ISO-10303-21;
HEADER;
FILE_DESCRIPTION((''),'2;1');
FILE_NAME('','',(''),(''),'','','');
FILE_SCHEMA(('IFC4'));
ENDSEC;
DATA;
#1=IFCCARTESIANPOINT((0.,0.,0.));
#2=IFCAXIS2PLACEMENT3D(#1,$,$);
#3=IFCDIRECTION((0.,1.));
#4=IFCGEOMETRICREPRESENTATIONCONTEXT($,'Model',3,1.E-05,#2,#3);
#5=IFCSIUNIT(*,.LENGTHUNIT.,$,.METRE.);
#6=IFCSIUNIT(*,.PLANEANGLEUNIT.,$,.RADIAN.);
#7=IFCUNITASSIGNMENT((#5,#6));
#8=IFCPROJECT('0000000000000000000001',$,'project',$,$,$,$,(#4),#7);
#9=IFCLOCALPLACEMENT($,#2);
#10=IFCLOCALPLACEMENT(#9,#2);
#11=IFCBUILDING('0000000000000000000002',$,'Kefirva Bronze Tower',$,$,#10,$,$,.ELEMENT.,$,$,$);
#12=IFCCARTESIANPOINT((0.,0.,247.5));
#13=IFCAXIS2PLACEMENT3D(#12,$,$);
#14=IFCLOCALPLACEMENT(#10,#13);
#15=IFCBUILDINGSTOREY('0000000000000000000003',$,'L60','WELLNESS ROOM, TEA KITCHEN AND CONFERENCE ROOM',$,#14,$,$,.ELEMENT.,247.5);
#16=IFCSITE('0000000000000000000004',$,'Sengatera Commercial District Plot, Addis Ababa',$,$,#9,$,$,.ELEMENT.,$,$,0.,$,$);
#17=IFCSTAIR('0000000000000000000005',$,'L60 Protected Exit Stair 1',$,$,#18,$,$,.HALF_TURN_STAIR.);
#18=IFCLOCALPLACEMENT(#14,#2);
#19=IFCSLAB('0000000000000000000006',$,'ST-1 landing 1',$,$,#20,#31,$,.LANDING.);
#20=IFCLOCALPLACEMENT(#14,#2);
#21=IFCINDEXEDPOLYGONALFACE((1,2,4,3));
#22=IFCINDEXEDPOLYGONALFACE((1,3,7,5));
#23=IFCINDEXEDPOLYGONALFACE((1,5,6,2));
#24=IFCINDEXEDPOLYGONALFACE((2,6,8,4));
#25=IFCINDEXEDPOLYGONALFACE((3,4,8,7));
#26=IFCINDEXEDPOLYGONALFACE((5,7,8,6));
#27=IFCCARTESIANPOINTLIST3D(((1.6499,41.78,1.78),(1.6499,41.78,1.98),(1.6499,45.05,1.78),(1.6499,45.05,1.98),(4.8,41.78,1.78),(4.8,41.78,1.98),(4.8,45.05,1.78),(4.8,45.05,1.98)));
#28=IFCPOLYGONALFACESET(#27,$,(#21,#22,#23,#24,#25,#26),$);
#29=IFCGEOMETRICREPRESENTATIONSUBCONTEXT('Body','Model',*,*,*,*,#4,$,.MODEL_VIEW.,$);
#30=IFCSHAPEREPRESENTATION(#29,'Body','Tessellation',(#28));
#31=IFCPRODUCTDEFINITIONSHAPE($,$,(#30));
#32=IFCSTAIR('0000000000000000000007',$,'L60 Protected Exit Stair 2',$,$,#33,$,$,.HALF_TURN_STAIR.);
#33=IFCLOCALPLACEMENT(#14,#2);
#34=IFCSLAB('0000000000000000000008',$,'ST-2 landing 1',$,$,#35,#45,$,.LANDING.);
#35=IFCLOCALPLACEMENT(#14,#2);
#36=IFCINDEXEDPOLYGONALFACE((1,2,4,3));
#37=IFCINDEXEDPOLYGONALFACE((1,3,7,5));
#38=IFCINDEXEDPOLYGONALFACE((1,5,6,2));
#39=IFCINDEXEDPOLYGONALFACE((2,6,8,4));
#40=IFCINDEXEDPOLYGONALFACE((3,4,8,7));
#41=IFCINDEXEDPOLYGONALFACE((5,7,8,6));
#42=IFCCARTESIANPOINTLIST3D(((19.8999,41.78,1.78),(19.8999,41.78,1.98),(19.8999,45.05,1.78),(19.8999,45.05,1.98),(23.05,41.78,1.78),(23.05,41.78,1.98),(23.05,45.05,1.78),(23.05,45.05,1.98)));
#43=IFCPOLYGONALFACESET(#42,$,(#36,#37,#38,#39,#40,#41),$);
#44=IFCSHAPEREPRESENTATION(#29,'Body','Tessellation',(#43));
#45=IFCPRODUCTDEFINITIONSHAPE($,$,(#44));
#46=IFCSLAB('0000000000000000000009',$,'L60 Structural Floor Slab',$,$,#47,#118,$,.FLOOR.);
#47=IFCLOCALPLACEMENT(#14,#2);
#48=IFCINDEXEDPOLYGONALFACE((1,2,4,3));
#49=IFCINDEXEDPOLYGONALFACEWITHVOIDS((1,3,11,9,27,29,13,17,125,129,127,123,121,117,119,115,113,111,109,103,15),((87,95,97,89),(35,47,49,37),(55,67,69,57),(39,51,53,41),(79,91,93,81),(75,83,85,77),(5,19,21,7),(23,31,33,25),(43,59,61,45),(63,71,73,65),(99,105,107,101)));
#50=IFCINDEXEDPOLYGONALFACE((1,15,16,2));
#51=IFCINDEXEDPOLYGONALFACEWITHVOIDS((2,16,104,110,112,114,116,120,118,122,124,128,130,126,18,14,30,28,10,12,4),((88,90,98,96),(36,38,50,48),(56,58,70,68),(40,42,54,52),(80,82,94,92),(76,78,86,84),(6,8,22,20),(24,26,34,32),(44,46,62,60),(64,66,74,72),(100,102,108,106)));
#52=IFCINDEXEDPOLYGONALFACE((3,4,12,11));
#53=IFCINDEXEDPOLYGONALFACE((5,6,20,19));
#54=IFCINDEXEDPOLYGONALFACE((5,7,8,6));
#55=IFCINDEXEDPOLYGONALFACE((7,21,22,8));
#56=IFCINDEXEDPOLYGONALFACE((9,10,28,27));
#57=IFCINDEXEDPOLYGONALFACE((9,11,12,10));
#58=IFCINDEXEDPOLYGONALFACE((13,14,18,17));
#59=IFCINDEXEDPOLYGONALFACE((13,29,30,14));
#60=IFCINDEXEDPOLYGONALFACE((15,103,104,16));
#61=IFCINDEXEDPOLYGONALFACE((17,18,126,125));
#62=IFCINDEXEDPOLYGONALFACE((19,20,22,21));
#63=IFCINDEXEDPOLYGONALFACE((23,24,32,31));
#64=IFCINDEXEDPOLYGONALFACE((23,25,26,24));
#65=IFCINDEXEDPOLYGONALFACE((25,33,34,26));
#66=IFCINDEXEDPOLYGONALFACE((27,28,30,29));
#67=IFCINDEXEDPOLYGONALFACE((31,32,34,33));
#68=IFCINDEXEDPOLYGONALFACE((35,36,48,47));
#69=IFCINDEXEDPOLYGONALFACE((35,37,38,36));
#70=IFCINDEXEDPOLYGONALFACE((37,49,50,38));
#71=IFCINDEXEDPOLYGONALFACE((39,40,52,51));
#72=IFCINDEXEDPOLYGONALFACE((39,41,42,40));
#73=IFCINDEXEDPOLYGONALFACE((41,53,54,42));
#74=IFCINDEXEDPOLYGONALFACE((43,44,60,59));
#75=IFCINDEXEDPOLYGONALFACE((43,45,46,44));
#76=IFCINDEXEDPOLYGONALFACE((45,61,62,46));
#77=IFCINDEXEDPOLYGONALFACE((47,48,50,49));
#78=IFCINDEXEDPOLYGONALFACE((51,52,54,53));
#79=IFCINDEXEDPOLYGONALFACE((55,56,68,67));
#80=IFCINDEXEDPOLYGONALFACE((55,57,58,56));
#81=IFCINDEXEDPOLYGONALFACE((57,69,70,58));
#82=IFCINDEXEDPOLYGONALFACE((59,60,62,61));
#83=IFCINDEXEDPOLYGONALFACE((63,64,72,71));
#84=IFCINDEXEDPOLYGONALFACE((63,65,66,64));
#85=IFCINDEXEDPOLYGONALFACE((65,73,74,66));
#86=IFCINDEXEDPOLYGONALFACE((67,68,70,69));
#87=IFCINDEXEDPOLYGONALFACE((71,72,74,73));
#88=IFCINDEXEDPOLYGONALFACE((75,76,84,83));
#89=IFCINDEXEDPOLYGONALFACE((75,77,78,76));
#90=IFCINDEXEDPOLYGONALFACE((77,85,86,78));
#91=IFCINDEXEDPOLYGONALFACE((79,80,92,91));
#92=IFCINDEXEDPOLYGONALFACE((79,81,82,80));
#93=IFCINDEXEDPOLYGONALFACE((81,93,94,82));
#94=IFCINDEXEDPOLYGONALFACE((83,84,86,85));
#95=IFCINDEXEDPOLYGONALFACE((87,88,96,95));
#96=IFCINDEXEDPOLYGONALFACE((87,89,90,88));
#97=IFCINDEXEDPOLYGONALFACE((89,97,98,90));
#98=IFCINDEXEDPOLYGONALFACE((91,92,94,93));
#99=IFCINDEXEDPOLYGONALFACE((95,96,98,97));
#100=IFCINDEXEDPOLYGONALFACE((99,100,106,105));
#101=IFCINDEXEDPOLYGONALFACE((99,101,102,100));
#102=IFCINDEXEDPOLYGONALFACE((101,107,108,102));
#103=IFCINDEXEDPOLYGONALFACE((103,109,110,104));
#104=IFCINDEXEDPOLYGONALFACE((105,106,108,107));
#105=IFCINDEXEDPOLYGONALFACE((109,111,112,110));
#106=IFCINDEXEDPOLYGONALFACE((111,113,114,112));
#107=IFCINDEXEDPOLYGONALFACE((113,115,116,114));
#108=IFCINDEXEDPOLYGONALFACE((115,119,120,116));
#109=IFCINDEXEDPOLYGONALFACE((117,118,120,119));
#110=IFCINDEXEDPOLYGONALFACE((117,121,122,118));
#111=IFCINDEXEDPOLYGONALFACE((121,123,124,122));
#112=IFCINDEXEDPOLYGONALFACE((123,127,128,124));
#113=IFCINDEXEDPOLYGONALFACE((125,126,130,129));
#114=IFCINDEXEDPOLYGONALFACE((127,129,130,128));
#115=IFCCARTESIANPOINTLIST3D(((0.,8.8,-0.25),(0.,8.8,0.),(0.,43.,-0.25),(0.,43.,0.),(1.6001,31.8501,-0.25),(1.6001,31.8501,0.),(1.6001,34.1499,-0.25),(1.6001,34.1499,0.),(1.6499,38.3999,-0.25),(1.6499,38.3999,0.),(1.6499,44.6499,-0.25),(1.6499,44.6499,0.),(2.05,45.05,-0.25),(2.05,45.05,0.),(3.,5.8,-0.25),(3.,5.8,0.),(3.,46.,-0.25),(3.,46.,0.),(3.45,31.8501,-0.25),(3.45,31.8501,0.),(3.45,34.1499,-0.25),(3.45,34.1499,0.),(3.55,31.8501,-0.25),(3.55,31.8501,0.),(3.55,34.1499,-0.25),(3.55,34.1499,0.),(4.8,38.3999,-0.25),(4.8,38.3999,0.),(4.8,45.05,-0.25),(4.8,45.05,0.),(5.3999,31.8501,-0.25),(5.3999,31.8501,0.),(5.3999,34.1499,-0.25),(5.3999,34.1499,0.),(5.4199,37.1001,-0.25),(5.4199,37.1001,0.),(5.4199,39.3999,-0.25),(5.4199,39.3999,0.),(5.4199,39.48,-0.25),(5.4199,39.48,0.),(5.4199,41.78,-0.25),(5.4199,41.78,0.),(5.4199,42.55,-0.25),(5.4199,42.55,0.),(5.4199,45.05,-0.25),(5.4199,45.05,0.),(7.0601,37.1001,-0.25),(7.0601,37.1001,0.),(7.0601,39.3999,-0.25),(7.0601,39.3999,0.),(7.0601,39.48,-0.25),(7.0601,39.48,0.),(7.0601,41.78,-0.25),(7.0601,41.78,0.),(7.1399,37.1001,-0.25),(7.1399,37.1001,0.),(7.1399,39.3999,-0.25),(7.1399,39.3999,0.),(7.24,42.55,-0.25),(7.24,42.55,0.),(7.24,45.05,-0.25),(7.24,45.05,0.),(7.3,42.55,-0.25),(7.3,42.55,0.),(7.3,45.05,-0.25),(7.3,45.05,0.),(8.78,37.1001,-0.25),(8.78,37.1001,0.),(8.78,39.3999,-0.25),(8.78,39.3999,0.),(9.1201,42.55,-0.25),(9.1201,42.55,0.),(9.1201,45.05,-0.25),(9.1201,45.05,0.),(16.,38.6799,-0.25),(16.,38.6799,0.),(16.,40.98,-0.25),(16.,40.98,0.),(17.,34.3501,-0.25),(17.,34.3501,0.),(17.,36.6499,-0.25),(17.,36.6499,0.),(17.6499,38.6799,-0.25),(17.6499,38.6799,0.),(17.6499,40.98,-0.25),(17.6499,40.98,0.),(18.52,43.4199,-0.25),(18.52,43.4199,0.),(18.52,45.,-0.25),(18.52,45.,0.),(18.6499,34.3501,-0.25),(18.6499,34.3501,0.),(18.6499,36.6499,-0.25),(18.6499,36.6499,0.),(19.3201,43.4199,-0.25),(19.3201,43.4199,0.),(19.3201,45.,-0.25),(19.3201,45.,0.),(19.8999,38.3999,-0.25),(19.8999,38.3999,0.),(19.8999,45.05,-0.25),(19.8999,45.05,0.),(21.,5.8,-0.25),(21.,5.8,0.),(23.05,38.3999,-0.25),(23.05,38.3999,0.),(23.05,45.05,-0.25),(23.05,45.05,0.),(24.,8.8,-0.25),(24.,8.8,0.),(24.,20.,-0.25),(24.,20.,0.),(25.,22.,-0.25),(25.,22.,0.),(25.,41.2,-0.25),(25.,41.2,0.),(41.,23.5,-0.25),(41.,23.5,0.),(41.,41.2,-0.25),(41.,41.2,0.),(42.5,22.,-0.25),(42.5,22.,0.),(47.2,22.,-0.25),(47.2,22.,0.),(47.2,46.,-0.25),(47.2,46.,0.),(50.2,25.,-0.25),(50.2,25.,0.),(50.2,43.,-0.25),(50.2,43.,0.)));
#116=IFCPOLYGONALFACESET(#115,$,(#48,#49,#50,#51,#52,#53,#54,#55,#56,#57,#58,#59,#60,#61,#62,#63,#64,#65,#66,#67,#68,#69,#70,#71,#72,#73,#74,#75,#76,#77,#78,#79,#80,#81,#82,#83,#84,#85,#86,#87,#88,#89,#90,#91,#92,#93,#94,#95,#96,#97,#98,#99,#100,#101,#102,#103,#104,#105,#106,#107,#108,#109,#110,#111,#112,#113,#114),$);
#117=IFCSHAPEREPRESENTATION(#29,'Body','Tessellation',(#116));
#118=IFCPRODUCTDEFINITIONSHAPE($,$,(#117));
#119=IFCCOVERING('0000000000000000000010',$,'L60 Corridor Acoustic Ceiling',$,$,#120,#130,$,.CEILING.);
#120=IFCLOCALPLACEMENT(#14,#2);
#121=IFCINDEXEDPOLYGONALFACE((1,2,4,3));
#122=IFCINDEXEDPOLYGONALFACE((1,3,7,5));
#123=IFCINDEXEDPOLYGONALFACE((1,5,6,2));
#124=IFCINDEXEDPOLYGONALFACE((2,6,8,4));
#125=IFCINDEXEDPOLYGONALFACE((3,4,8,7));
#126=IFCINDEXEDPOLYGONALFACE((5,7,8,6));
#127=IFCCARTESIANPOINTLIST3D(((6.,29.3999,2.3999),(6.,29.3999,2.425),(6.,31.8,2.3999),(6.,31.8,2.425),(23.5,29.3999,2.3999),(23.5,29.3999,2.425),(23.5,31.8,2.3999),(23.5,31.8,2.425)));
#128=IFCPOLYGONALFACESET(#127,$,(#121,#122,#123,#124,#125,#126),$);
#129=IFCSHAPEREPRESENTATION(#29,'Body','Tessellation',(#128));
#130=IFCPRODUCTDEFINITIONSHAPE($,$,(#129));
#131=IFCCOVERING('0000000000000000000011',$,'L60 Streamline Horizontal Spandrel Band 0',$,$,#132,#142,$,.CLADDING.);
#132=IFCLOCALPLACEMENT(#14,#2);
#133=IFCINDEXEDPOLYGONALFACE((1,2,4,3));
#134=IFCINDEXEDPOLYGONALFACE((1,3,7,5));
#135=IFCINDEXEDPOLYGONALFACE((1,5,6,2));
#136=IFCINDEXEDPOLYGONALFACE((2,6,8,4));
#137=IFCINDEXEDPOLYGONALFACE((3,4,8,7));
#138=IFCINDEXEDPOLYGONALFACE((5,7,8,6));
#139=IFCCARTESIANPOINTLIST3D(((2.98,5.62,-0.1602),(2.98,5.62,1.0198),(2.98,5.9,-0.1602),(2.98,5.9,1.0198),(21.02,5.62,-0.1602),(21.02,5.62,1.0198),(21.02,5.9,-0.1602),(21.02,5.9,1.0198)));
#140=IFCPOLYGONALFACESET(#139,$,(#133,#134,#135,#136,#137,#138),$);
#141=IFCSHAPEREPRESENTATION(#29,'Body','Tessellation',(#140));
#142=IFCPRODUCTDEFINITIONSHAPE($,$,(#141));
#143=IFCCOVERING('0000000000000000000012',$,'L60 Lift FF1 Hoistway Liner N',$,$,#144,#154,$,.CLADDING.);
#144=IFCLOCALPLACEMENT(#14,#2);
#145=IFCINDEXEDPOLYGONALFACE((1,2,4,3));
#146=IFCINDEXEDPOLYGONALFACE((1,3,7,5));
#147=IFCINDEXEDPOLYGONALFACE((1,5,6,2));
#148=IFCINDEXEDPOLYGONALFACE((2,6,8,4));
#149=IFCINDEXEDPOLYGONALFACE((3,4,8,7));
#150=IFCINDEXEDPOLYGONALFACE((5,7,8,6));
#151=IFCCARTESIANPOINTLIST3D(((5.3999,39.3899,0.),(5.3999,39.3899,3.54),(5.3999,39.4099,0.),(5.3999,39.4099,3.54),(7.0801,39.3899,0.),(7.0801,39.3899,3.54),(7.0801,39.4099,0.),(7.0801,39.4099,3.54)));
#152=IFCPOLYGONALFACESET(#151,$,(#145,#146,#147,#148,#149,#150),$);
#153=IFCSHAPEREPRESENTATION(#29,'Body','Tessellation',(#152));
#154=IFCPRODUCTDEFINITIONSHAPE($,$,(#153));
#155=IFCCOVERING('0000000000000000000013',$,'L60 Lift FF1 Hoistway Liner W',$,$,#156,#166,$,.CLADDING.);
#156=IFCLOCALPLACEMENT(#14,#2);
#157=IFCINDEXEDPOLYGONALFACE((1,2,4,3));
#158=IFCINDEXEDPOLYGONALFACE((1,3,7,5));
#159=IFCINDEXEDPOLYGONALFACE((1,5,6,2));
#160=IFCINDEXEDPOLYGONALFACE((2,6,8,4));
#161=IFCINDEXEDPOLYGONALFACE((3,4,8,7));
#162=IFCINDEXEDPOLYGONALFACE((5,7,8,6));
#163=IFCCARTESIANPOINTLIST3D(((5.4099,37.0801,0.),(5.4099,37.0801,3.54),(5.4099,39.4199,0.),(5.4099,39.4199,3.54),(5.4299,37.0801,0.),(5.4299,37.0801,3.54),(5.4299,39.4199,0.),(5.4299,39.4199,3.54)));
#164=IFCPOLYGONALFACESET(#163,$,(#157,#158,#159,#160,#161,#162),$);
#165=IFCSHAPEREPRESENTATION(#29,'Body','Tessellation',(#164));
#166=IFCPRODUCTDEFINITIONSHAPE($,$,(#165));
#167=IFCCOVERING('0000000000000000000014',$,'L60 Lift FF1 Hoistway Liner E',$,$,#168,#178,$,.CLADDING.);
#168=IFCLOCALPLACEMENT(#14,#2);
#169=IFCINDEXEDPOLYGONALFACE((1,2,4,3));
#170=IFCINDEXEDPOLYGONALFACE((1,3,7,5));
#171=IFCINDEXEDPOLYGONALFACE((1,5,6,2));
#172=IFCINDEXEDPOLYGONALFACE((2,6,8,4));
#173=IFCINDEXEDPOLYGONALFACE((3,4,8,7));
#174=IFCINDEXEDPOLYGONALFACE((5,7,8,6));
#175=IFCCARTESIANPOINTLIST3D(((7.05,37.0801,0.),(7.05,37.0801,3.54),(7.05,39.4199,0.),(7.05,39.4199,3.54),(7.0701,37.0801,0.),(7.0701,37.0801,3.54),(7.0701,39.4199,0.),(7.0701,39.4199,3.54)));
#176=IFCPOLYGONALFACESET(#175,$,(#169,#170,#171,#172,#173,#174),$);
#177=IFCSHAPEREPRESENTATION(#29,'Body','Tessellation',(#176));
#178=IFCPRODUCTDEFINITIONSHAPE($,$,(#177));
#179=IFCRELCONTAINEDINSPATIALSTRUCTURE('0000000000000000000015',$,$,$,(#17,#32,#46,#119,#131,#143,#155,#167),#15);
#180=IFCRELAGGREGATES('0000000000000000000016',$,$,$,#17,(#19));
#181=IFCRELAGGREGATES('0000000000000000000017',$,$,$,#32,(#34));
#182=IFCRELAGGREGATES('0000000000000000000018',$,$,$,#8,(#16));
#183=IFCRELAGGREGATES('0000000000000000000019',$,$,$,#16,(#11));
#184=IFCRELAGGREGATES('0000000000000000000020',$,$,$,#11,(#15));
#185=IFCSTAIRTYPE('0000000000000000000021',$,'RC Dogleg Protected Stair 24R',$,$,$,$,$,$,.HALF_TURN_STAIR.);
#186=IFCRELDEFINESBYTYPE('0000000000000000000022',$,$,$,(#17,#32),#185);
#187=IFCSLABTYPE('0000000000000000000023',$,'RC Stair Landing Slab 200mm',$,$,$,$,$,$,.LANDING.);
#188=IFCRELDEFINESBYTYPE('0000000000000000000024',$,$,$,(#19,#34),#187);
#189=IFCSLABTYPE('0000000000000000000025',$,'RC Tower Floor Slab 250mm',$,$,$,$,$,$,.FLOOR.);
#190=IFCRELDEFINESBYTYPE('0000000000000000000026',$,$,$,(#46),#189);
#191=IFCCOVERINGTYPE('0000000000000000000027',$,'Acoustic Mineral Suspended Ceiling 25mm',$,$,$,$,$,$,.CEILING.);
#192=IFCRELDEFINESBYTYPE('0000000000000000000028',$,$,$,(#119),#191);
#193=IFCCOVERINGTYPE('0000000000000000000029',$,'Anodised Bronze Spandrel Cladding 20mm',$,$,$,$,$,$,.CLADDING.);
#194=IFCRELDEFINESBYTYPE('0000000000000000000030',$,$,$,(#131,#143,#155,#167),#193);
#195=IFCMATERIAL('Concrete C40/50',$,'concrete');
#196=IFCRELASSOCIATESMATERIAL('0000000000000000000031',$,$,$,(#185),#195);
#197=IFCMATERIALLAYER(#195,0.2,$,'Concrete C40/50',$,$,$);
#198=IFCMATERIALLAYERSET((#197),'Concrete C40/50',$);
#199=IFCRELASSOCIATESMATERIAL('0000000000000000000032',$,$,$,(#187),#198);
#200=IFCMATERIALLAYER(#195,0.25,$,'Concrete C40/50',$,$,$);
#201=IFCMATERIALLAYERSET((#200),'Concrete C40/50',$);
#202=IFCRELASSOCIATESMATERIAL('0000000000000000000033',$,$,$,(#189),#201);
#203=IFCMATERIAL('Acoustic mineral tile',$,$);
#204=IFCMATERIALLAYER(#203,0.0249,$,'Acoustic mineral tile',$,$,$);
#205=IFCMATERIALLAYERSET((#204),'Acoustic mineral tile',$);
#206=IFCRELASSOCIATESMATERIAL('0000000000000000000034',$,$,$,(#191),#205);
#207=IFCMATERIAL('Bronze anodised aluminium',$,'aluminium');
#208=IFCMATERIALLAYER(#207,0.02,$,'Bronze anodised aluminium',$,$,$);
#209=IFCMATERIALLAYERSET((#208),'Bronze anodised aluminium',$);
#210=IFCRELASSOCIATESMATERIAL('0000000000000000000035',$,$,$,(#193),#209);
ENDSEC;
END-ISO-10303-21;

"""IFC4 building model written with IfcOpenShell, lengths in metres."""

from ifc_helpers import new_model, si_unit, direction, frame, origin, origin_2d, place, context, subcontext, project, spatial, polyline, rectangle, outline, extrude, material, layer, layer_set, type_object, element, aggregate, save


model = new_model("IFC4")

# Units and contexts
model_context = context("Model", 3, precision=1e-05, world=origin(), true_north=direction((0.0, 1.0)))
body_context = subcontext(model_context, "Body", "Model", "MODEL_VIEW")
ifc_project = project(units=[si_unit("LENGTHUNIT", "METRE"), si_unit("PLANEANGLEUNIT", "RADIAN")], contexts=[model_context])

# Site, building, storey
site_placement = place(None, origin())
site = spatial("IfcSite", under=ifc_project, at=site_placement, Name="Sengatera Commercial District Plot, Addis Ababa", CompositionType="ELEMENT", RefElevation=0.0)
building_placement = place(site_placement, origin())
building = spatial("IfcBuilding", under=site, at=building_placement, Name="Kefirva Bronze Tower", CompositionType="ELEMENT")
storey_placement = place(building_placement, frame((0.0, 0.0, 247.5)))
storey = spatial("IfcBuildingStorey", under=building, at=storey_placement, Name="L60", Description="WELLNESS ROOM, TEA KITCHEN AND CONFERENCE ROOM", CompositionType="ELEMENT", Elevation=247.5)

# Stairs, slabs
ifc_material_1 = material(Name="Concrete C40/50", Category="concrete")
stair_type = type_object("IfcStairType", Name="RC Dogleg Protected Stair 24R", PredefinedType="HALF_TURN_STAIR", material=ifc_material_1)
stair_1_placement = place(storey_placement, origin())
stair_1 = element("IfcStair", 1, at=stair_1_placement, inside=storey, type_object=stair_type, Name="L60 Protected Exit Stair 1", PredefinedType="HALF_TURN_STAIR")
ifc_layer_1 = layer(ifc_material_1, 0.2, Name="Concrete C40/50")
ifc_layer_set_1 = layer_set([ifc_layer_1], Name="Concrete C40/50")
slab_type_1 = type_object("IfcSlabType", Name="RC Stair Landing Slab 200mm", PredefinedType="LANDING", material=ifc_layer_set_1)
slab_1_placement = place(storey_placement, frame((0.0, 0.0, 1.78)))
slab_1 = element("IfcSlab", 2, at=slab_1_placement, type_object=slab_type_1, Name="ST-1 landing 1", PredefinedType="LANDING", context=body_context, shape_type="SweptSolid", body=[
    extrude(outline(polyline([(4.8, 41.78), (4.8, 45.05), (1.6499, 45.05), (1.6499, 41.78), (4.8, 41.78)])), origin(), (0.0, 0.0, 1.0), 0.2),
])
aggregate(stair_1, [slab_1])
stair_2_placement = place(storey_placement, origin())
stair_2 = element("IfcStair", 3, at=stair_2_placement, inside=storey, type_object=stair_type, Name="L60 Protected Exit Stair 2", PredefinedType="HALF_TURN_STAIR")
slab_2_placement = place(storey_placement, frame((0.0, 0.0, 1.78)))
slab_2 = element("IfcSlab", 4, at=slab_2_placement, type_object=slab_type_1, Name="ST-2 landing 1", PredefinedType="LANDING", context=body_context, shape_type="SweptSolid", body=[
    extrude(outline(polyline([(23.05, 41.78), (23.05, 45.05), (19.8999, 45.05), (19.8999, 41.78), (23.05, 41.78)])), origin(), (0.0, 0.0, 1.0), 0.2),
])
aggregate(stair_2, [slab_2])

# Slab
ifc_layer_2 = layer(ifc_material_1, 0.25, Name="Concrete C40/50")
ifc_layer_set_2 = layer_set([ifc_layer_2], Name="Concrete C40/50")
slab_type_2 = type_object("IfcSlabType", Name="RC Tower Floor Slab 250mm", PredefinedType="FLOOR", material=ifc_layer_set_2)
slab_3_placement = place(storey_placement, frame((0.0, 0.0, -0.25)))
element("IfcSlab", 5, at=slab_3_placement, inside=storey, type_object=slab_type_2, Name="L60 Structural Floor Slab", PredefinedType="FLOOR", context=body_context, shape_type="SweptSolid", body=[
    extrude(outline(polyline([(0.0, 8.8), (0.0, 43.0), (1.6499, 44.6499), (1.6499, 38.3999), (4.8, 38.3999), (4.8, 45.05), (2.05, 45.05), (3.0, 46.0), (47.2, 46.0), (50.2, 43.0), (50.2, 25.0), (47.2, 22.0), (42.5, 22.0), (41.0, 23.5), (41.0, 41.2), (25.0, 41.2), (25.0, 22.0), (24.0, 20.0), (24.0, 8.8), (21.0, 5.8), (3.0, 5.8), (0.0, 8.8)]), holes=[polyline([(23.05, 45.05), (19.8999, 45.05), (19.8999, 38.3999), (23.05, 38.3999), (23.05, 45.05)]), polyline([(19.3201, 43.4199), (19.3201, 45.0), (18.52, 45.0), (18.52, 43.4199), (19.3201, 43.4199)]), polyline([(18.6499, 36.6499), (17.0, 36.6499), (17.0, 34.3501), (18.6499, 34.3501), (18.6499, 36.6499)]), polyline([(17.6499, 38.6799), (17.6499, 40.98), (16.0, 40.98), (16.0, 38.6799), (17.6499, 38.6799)]), polyline([(9.1201, 42.55), (9.1201, 45.05), (7.3, 45.05), (7.3, 42.55), (9.1201, 42.55)]), polyline([(8.78, 37.1001), (8.78, 39.3999), (7.1399, 39.3999), (7.1399, 37.1001), (8.78, 37.1001)]), polyline([(7.24, 42.55), (7.24, 45.05), (5.4199, 45.05), (5.4199, 42.55), (7.24, 42.55)]), polyline([(7.0601, 37.1001), (7.0601, 39.3999), (5.4199, 39.3999), (5.4199, 37.1001), (7.0601, 37.1001)]), polyline([(7.0601, 41.78), (5.4199, 41.78), (5.4199, 39.48), (7.0601, 39.48), (7.0601, 41.78)]), polyline([(5.3999, 31.8501), (5.3999, 34.1499), (3.55, 34.1499), (3.55, 31.8501), (5.3999, 31.8501)]), polyline([(3.45, 34.1499), (1.6001, 34.1499), (1.6001, 31.8501), (3.45, 31.8501), (3.45, 34.1499)])]), origin(), (0.0, 0.0, 1.0), 0.25),
])

# Coverings
ifc_material_2 = material(Name="Acoustic mineral tile")
ifc_layer_3 = layer(ifc_material_2, 0.0249, Name="Acoustic mineral tile")
ifc_layer_set_3 = layer_set([ifc_layer_3], Name="Acoustic mineral tile")
covering_type_1 = type_object("IfcCoveringType", Name="Acoustic Mineral Suspended Ceiling 25mm", PredefinedType="CEILING", material=ifc_layer_set_3)
covering_1_placement = place(storey_placement, frame((0.0, 0.0, 2.3999)))
element("IfcCovering", 6, at=covering_1_placement, inside=storey, type_object=covering_type_1, Name="L60 Corridor Acoustic Ceiling", PredefinedType="CEILING", context=body_context, shape_type="SweptSolid", body=[
    extrude(outline(polyline([(6.0, 29.3999), (23.5, 29.3999), (23.5, 31.8), (6.0, 31.8), (6.0, 29.3999)])), origin(), (0.0, 0.0, 1.0), 0.0251),
])
ifc_material_3 = material(Name="Bronze anodised aluminium", Category="aluminium")
ifc_layer_4 = layer(ifc_material_3, 0.02, Name="Bronze anodised aluminium")
ifc_layer_set_4 = layer_set([ifc_layer_4], Name="Bronze anodised aluminium")
covering_type_2 = type_object("IfcCoveringType", Name="Anodised Bronze Spandrel Cladding 20mm", PredefinedType="CLADDING", material=ifc_layer_set_4)
covering_2_placement = place(storey_placement, frame((12.0, 5.76, -0.1602), z_axis=(0.0, 0.0, 1.0), x_axis=(1.0, 0.0, 0.0)))
element("IfcCovering", 7, at=covering_2_placement, inside=storey, type_object=covering_type_2, Name="L60 Streamline Horizontal Spandrel Band 0", PredefinedType="CLADDING", context=body_context, shape_type="SweptSolid", body=[
    extrude(rectangle(XDim=18.04, YDim=0.28, at=origin_2d()), origin(), (0.0, 0.0, 1.0), 1.1799),
])
covering_3_placement = place(storey_placement, origin())
element("IfcCovering", 8, at=covering_3_placement, inside=storey, type_object=covering_type_2, Name="L60 Lift FF1 Hoistway Liner N", PredefinedType="CLADDING", context=body_context, shape_type="SweptSolid", body=[
    extrude(outline(polyline([(5.3999, 39.3899), (7.0801, 39.3899), (7.0801, 39.4099), (5.3999, 39.4099), (5.3999, 39.3899)])), origin(), (0.0, 0.0, 1.0), 3.54),
])
covering_4_placement = place(storey_placement, origin())
element("IfcCovering", 9, at=covering_4_placement, inside=storey, type_object=covering_type_2, Name="L60 Lift FF1 Hoistway Liner W", PredefinedType="CLADDING", context=body_context, shape_type="SweptSolid", body=[
    extrude(outline(polyline([(5.4099, 37.0801), (5.4299, 37.0801), (5.4299, 39.4199), (5.4099, 39.4199), (5.4099, 37.0801)])), origin(), (0.0, 0.0, 1.0), 3.54),
])
covering_5_placement = place(storey_placement, origin())
element("IfcCovering", 10, at=covering_5_placement, inside=storey, type_object=covering_type_2, Name="L60 Lift FF1 Hoistway Liner E", PredefinedType="CLADDING", context=body_context, shape_type="SweptSolid", body=[
    extrude(outline(polyline([(7.05, 37.0801), (7.0701, 37.0801), (7.0701, 39.4199), (7.05, 39.4199), (7.05, 37.0801)])), origin(), (0.0, 0.0, 1.0), 3.54),
])

save(model, "model.ifc")
